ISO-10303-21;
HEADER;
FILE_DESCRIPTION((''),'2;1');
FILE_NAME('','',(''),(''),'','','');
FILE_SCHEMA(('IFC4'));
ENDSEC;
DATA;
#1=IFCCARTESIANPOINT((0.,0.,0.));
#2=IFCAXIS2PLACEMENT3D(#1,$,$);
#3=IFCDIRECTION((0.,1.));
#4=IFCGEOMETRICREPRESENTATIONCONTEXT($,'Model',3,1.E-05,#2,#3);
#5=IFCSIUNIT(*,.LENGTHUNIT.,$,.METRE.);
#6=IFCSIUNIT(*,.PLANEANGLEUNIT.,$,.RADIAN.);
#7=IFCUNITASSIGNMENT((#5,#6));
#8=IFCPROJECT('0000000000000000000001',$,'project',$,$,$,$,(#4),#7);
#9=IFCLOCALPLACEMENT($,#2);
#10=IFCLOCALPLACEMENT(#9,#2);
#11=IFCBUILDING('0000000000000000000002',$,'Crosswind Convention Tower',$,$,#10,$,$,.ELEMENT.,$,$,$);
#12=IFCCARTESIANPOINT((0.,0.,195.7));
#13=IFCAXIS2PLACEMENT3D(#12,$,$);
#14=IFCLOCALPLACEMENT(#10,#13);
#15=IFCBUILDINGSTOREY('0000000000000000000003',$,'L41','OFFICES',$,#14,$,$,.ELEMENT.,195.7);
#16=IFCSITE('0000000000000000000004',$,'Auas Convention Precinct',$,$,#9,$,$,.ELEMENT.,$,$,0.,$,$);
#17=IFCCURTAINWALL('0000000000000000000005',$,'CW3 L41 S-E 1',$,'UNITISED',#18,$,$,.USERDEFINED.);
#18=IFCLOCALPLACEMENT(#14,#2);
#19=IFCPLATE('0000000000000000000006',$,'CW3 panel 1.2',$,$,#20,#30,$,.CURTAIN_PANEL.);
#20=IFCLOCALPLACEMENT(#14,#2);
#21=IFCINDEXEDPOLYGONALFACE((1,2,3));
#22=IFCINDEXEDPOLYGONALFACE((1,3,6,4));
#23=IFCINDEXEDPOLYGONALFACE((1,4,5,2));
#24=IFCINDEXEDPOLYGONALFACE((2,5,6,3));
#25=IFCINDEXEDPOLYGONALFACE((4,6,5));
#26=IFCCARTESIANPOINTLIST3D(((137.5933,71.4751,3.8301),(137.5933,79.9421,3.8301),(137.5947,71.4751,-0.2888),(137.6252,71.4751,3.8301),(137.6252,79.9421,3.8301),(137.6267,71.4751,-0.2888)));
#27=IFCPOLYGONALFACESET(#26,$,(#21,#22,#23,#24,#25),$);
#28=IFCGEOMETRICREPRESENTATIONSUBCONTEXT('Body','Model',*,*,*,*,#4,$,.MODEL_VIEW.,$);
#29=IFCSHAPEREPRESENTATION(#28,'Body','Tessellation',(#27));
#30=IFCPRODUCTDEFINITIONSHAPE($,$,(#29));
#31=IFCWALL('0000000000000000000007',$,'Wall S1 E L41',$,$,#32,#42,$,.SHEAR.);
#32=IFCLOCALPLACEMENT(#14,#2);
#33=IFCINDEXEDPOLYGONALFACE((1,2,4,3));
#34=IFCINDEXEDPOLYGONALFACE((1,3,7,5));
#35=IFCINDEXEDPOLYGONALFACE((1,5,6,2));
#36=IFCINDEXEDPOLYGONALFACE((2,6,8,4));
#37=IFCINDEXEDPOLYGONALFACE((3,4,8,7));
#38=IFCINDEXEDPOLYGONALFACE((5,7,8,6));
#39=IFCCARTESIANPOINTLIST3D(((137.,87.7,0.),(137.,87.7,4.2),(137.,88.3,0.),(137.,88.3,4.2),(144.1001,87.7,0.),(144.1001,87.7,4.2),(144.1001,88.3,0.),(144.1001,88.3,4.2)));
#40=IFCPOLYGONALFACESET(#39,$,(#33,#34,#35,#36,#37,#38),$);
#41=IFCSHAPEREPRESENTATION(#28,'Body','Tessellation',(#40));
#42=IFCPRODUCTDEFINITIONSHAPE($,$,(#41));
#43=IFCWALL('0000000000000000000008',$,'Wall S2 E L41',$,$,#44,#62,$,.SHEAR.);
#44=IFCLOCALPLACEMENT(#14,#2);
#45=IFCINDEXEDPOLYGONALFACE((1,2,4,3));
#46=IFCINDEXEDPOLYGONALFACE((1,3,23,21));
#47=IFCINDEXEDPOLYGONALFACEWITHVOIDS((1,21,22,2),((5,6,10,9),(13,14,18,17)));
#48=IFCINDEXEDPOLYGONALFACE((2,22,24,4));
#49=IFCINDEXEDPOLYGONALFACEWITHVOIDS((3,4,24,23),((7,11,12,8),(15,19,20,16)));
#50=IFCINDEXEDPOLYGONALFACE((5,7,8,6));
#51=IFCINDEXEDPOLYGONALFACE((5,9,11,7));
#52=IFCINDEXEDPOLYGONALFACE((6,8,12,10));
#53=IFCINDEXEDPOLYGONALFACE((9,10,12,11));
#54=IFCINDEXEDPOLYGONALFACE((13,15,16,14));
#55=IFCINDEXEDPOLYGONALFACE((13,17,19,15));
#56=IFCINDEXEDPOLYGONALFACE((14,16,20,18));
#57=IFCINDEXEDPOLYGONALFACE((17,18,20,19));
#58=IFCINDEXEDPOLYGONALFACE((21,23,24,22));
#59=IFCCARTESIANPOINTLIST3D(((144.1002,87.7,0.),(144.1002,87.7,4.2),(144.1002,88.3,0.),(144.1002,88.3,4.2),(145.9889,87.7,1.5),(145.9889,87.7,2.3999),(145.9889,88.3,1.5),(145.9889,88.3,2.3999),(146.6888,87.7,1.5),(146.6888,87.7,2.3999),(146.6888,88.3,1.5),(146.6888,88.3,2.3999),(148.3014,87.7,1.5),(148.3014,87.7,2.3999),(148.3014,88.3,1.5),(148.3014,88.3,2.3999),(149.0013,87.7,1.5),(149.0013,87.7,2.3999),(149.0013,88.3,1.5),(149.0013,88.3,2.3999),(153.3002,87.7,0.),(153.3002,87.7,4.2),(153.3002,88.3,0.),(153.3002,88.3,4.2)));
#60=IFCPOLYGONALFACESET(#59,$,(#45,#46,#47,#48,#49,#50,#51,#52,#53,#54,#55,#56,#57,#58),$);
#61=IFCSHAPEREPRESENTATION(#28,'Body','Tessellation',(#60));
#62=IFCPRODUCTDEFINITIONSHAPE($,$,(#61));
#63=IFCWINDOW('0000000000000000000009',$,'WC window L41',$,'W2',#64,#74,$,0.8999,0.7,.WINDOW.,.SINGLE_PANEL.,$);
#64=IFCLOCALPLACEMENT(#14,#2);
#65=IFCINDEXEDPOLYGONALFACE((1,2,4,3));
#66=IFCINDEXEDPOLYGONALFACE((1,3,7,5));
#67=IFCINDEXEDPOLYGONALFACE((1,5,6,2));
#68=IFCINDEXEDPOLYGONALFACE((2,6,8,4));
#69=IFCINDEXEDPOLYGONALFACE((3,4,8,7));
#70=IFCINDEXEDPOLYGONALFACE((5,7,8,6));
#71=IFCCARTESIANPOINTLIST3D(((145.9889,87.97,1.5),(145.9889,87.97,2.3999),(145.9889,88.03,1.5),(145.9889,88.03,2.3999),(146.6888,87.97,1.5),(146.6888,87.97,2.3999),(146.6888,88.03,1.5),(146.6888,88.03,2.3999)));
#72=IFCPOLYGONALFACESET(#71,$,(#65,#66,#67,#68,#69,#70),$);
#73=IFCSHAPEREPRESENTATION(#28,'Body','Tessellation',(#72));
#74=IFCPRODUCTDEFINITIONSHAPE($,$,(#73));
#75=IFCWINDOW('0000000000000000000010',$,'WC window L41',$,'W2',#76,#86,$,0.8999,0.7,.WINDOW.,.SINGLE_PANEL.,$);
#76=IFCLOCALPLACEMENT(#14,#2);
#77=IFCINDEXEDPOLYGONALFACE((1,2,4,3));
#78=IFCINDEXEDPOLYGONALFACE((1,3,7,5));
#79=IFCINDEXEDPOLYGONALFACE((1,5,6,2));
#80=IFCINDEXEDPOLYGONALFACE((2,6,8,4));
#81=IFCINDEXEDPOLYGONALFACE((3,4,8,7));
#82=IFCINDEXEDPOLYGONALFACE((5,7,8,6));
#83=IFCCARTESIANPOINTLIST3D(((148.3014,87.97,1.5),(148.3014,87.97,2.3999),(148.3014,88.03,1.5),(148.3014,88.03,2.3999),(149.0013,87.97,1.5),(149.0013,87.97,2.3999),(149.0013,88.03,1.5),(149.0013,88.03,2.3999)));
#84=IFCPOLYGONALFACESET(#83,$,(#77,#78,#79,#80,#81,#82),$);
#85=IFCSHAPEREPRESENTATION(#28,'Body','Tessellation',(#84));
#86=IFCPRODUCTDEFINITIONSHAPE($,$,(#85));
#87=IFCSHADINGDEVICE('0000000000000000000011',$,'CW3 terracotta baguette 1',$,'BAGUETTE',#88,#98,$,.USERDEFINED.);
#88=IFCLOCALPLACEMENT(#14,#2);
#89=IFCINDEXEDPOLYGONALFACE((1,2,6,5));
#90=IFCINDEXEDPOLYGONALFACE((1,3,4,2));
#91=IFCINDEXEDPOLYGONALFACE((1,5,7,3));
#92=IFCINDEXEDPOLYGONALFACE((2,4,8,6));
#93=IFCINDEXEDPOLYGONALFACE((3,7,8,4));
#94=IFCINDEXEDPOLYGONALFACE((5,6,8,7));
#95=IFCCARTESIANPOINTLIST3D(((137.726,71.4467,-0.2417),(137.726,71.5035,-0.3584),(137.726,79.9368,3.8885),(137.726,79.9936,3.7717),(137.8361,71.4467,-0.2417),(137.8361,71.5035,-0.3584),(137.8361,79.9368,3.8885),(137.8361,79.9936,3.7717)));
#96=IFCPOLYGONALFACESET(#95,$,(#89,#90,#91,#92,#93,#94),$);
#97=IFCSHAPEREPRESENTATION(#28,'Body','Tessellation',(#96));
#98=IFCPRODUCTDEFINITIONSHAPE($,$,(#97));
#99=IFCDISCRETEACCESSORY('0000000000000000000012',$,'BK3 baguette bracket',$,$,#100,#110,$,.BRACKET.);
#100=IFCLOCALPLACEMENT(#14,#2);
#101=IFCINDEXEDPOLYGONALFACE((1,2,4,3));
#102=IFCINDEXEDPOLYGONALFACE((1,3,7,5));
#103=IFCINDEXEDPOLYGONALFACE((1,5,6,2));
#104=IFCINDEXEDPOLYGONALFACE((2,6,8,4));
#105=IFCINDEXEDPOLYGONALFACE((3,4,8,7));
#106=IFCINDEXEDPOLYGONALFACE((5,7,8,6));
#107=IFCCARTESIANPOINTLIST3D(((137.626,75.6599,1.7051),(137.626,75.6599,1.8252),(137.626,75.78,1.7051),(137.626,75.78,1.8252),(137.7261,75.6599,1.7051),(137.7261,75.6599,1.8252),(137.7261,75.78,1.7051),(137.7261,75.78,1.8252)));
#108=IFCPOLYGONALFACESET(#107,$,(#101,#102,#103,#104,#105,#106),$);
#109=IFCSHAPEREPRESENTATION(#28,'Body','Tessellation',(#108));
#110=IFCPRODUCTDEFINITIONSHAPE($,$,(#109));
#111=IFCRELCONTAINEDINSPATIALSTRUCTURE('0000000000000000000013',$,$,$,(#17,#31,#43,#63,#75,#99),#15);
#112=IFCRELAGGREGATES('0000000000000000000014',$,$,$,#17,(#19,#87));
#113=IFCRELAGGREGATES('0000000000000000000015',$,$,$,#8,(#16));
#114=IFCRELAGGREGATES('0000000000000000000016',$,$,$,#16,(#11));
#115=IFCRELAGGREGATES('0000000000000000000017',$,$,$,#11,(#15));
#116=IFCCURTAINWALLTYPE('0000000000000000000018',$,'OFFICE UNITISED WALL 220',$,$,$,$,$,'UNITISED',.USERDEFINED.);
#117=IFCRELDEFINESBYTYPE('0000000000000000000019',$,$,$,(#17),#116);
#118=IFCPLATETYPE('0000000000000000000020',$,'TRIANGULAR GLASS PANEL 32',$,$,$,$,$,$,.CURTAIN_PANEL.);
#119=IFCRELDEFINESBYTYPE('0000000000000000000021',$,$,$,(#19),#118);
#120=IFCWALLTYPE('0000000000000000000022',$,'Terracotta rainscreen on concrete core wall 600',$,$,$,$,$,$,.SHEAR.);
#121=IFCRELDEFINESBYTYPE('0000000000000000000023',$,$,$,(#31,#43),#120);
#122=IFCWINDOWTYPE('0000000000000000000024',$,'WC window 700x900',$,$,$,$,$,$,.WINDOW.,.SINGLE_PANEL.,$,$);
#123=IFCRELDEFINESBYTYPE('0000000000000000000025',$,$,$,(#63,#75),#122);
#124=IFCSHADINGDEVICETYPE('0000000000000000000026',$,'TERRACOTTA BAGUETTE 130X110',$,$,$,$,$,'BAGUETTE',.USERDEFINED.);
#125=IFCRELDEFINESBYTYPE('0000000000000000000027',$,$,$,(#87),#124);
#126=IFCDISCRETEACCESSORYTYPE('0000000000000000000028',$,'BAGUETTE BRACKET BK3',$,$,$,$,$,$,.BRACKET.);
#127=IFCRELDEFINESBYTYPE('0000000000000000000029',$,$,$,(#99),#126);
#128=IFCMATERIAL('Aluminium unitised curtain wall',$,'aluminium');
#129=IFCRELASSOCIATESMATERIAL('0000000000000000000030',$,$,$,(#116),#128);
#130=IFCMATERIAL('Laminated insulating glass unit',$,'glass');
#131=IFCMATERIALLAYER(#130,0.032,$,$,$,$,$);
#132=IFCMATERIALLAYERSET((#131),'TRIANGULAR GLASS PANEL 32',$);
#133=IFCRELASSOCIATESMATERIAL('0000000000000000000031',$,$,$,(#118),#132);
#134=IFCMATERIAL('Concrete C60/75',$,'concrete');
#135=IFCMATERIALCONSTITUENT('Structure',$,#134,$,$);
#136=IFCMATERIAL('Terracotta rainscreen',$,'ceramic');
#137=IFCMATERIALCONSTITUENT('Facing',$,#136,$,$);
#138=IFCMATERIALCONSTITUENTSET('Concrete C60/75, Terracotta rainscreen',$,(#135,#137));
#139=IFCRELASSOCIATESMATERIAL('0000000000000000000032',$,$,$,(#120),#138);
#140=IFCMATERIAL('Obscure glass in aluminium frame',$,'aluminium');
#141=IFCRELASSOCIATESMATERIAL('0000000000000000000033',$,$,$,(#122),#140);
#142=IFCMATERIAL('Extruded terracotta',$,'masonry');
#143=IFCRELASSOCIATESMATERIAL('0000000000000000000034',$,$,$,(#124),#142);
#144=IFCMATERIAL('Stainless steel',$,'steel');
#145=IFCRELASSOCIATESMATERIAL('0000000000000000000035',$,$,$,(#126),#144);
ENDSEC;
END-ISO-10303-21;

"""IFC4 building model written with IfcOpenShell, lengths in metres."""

from ifc_helpers import new_model, si_unit, direction, frame, frame_2d, origin, origin_2d, place, context, subcontext, project, spatial, polyline, rectangle, outline, extrude, material, layer, layer_set, constituent, constituent_set, material_profile, profile_set, type_object, element, fill, aggregate, save


model = new_model("IFC4")

# Units and contexts
model_context = context("Model", 3, precision=1e-05, world=origin(), true_north=direction((0.0, 1.0)))
body_context = subcontext(model_context, "Body", "Model", "MODEL_VIEW")
ifc_project = project(units=[si_unit("LENGTHUNIT", "METRE"), si_unit("PLANEANGLEUNIT", "RADIAN")], contexts=[model_context])

# Site, building, storey
site_placement = place(None, origin())
site = spatial("IfcSite", under=ifc_project, at=site_placement, Name="Auas Convention Precinct", CompositionType="ELEMENT", RefElevation=0.0)
building_placement = place(site_placement, origin())
building = spatial("IfcBuilding", under=site, at=building_placement, Name="Crosswind Convention Tower", CompositionType="ELEMENT")
storey_placement = place(building_placement, frame((0.0, 0.0, 195.7)))
storey = spatial("IfcBuildingStorey", under=building, at=storey_placement, Name="L41", Description="OFFICES", CompositionType="ELEMENT", Elevation=195.7)

# Shared definitions
ifc_material_1 = material(Name="Concrete C60/75", Category="concrete")

# Shared definitions
ifc_material_2 = material(Name="Aluminium unitised curtain wall", Category="aluminium")

# Curtain wall
curtain_wall_type_1 = type_object("IfcCurtainWallType", Name="OFFICE UNITISED WALL 220", ElementType="UNITISED", PredefinedType="USERDEFINED", material=ifc_material_2)
curtain_wall_1_placement = place(storey_placement, origin())
curtain_wall_1 = element("IfcCurtainWall", 1, at=curtain_wall_1_placement, inside=storey, type_object=curtain_wall_type_1, Name="CW3 L41 S-E 1", ObjectType="UNITISED", PredefinedType="USERDEFINED")

# Plate
ifc_material_3 = material(Name="Laminated insulating glass unit", Category="glass")
ifc_layer_1 = layer(ifc_material_3, 0.032)
ifc_layer_set_1 = layer_set([ifc_layer_1], Name="TRIANGULAR GLASS PANEL 32")
plate_type_1 = type_object("IfcPlateType", Name="TRIANGULAR GLASS PANEL 32", PredefinedType="CURTAIN_PANEL", material=ifc_layer_set_1)
plate_1_placement = place(storey_placement, frame((137.6252, 71.4751, 3.8301), z_axis=(1.0, 0.0, 0.000356), x_axis=(0.000356, 0.0, -1.0)))
plate_1 = element("IfcPlate", 2, at=plate_1_placement, type_object=plate_type_1, Name="CW3 panel 1.2", PredefinedType="CURTAIN_PANEL", context=body_context, shape_type="SweptSolid", body=[
    extrude(outline(polyline([(0.0, 0.0), (4.1189, 0.0), (0.0, 8.467), (0.0, 0.0)])), origin(), (0.0, 0.0, -1.0), 0.032),
])

# Wall
ifc_constituent_1 = constituent(ifc_material_1, Name="Structure")
ifc_material_4 = material(Name="Terracotta rainscreen", Category="ceramic")
ifc_constituent_2 = constituent(ifc_material_4, Name="Facing")
ifc_constituent_set = constituent_set(constituents=[ifc_constituent_1, ifc_constituent_2], Name="Concrete C60/75, Terracotta rainscreen")
wall_type = type_object("IfcWallType", Name="Terracotta rainscreen on concrete core wall 600", PredefinedType="SHEAR", material=ifc_constituent_set)
wall_1_placement = place(storey_placement, frame((137.0, 88.0, 0.0), z_axis=(0.0, 0.0, 1.0), x_axis=(1.0, 0.0, 0.0)))
element("IfcWall", 3, at=wall_1_placement, inside=storey, type_object=wall_type, Name="Wall S1 E L41", PredefinedType="SHEAR", context=body_context, shape_type="SweptSolid", body=[
    extrude(rectangle(XDim=7.1001, YDim=0.6001, at=frame_2d((3.55, 0.0))), origin(), (0.0, 0.0, 1.0), 4.2),
])

# Wall, openings, windows
wall_2_placement = place(storey_placement, frame((144.1001, 88.0, 0.0), z_axis=(0.0, 0.0, 1.0), x_axis=(1.0, 0.0, 0.0)))
wall_2 = element("IfcWall", 4, at=wall_2_placement, inside=storey, type_object=wall_type, Name="Wall S2 E L41", PredefinedType="SHEAR", context=body_context, shape_type="SweptSolid", body=[
    extrude(rectangle(XDim=9.2, YDim=0.6001, at=frame_2d((4.6001, 0.0))), origin(), (0.0, 0.0, 1.0), 4.2),
])
opening_1_placement = place(wall_2_placement, frame((1.8887, 0.0, 1.5)))
opening_1 = element("IfcOpeningElement", 5, at=opening_1_placement, cuts=wall_2, PredefinedType="OPENING", context=body_context, shape_type="SweptSolid", body=[
    extrude(rectangle(XDim=0.7, YDim=0.8999, at=frame_2d((0.3501, 0.45))), frame((0.0, 0.3101, 0.0), z_axis=(0.0, -1.0, 0.0), x_axis=(1.0, 0.0, 0.0)), (0.0, 0.0, 1.0), 0.6201),
])
opening_2_placement = place(wall_2_placement, frame((4.2012, 0.0, 1.5)))
opening_2 = element("IfcOpeningElement", 6, at=opening_2_placement, cuts=wall_2, PredefinedType="OPENING", context=body_context, shape_type="SweptSolid", body=[
    extrude(rectangle(XDim=0.7, YDim=0.8999, at=frame_2d((0.3501, 0.45))), frame((0.0, 0.3101, 0.0), z_axis=(0.0, -1.0, 0.0), x_axis=(1.0, 0.0, 0.0)), (0.0, 0.0, 1.0), 0.6201),
])
ifc_material_5 = material(Name="Obscure glass in aluminium frame", Category="aluminium")
window_type = type_object("IfcWindowType", Name="WC window 700x900", PartitioningType="SINGLE_PANEL", PredefinedType="WINDOW", material=ifc_material_5)
window_1_placement = place(opening_1_placement, origin())
window_1 = element("IfcWindow", 7, at=window_1_placement, inside=storey, type_object=window_type, Name="WC window L41", ObjectType="W2", OverallHeight=0.8999, OverallWidth=0.7, PartitioningType="SINGLE_PANEL", PredefinedType="WINDOW", context=body_context, shape_type="SweptSolid", body=[
    extrude(rectangle(XDim=0.7, YDim=0.8999, at=frame_2d((0.3501, 0.45))), frame((0.0, 0.03, 0.0), z_axis=(0.0, -1.0, 0.0), x_axis=(1.0, 0.0, 0.0)), (0.0, 0.0, 1.0), 0.0601),
])
fill(opening_1, window_1)
window_2_placement = place(opening_2_placement, origin())
window_2 = element("IfcWindow", 8, at=window_2_placement, inside=storey, type_object=window_type, Name="WC window L41", ObjectType="W2", OverallHeight=0.8999, OverallWidth=0.7, PartitioningType="SINGLE_PANEL", PredefinedType="WINDOW", context=body_context, shape_type="SweptSolid", body=[
    extrude(rectangle(XDim=0.7, YDim=0.8999, at=frame_2d((0.3501, 0.45))), frame((0.0, 0.03, 0.0), z_axis=(0.0, -1.0, 0.0), x_axis=(1.0, 0.0, 0.0)), (0.0, 0.0, 1.0), 0.0601),
])
fill(opening_2, window_2)

# Shading device
ifc_material_6 = material(Name="Extruded terracotta", Category="masonry")
ifc_material_profile_1 = material_profile(ifc_material_6, rectangle(XDim=0.1101, YDim=0.1299, at=origin_2d()), Name="TC 110X130")
ifc_profile_set_1 = profile_set([ifc_material_profile_1], Name="Extruded terracotta")
shading_device_type = type_object("IfcShadingDeviceType", Name="TERRACOTTA BAGUETTE 130X110", ElementType="BAGUETTE", PredefinedType="USERDEFINED", material=ifc_profile_set_1)
shading_device_placement = place(storey_placement, frame((137.781, 71.4751, -0.3), z_axis=(0.0, 0.899241, 0.437454), x_axis=(-1.0, 0.0, 0.0)))
shading_device = element("IfcShadingDevice", 9, at=shading_device_placement, type_object=shading_device_type, Name="CW3 terracotta baguette 1", ObjectType="BAGUETTE", PredefinedType="USERDEFINED", context=body_context, shape_type="SweptSolid", body=[
    extrude(rectangle(XDim=0.1101, YDim=0.1299, at=origin_2d()), origin(), (0.0, 0.0, 1.0), 9.4414),
])
aggregate(curtain_wall_1, [plate_1, shading_device])

# Discrete accessory
ifc_material_7 = material(Name="Stainless steel", Category="steel")
discrete_accessory_type = type_object("IfcDiscreteAccessoryType", Name="BAGUETTE BRACKET BK3", PredefinedType="BRACKET", material=ifc_material_7)
discrete_accessory_placement = place(storey_placement, frame((137.676, 75.72, 1.7051), z_axis=(0.0, 0.0, 1.0), x_axis=(0.0, 1.0, 0.0)))
element("IfcDiscreteAccessory", 10, at=discrete_accessory_placement, inside=storey, type_object=discrete_accessory_type, Name="BK3 baguette bracket", PredefinedType="BRACKET", context=body_context, shape_type="SweptSolid", body=[
    extrude(rectangle(XDim=0.1201, YDim=0.1001, at=origin_2d()), origin(), (0.0, 0.0, 1.0), 0.1201),
])

save(model, "model.ifc")
